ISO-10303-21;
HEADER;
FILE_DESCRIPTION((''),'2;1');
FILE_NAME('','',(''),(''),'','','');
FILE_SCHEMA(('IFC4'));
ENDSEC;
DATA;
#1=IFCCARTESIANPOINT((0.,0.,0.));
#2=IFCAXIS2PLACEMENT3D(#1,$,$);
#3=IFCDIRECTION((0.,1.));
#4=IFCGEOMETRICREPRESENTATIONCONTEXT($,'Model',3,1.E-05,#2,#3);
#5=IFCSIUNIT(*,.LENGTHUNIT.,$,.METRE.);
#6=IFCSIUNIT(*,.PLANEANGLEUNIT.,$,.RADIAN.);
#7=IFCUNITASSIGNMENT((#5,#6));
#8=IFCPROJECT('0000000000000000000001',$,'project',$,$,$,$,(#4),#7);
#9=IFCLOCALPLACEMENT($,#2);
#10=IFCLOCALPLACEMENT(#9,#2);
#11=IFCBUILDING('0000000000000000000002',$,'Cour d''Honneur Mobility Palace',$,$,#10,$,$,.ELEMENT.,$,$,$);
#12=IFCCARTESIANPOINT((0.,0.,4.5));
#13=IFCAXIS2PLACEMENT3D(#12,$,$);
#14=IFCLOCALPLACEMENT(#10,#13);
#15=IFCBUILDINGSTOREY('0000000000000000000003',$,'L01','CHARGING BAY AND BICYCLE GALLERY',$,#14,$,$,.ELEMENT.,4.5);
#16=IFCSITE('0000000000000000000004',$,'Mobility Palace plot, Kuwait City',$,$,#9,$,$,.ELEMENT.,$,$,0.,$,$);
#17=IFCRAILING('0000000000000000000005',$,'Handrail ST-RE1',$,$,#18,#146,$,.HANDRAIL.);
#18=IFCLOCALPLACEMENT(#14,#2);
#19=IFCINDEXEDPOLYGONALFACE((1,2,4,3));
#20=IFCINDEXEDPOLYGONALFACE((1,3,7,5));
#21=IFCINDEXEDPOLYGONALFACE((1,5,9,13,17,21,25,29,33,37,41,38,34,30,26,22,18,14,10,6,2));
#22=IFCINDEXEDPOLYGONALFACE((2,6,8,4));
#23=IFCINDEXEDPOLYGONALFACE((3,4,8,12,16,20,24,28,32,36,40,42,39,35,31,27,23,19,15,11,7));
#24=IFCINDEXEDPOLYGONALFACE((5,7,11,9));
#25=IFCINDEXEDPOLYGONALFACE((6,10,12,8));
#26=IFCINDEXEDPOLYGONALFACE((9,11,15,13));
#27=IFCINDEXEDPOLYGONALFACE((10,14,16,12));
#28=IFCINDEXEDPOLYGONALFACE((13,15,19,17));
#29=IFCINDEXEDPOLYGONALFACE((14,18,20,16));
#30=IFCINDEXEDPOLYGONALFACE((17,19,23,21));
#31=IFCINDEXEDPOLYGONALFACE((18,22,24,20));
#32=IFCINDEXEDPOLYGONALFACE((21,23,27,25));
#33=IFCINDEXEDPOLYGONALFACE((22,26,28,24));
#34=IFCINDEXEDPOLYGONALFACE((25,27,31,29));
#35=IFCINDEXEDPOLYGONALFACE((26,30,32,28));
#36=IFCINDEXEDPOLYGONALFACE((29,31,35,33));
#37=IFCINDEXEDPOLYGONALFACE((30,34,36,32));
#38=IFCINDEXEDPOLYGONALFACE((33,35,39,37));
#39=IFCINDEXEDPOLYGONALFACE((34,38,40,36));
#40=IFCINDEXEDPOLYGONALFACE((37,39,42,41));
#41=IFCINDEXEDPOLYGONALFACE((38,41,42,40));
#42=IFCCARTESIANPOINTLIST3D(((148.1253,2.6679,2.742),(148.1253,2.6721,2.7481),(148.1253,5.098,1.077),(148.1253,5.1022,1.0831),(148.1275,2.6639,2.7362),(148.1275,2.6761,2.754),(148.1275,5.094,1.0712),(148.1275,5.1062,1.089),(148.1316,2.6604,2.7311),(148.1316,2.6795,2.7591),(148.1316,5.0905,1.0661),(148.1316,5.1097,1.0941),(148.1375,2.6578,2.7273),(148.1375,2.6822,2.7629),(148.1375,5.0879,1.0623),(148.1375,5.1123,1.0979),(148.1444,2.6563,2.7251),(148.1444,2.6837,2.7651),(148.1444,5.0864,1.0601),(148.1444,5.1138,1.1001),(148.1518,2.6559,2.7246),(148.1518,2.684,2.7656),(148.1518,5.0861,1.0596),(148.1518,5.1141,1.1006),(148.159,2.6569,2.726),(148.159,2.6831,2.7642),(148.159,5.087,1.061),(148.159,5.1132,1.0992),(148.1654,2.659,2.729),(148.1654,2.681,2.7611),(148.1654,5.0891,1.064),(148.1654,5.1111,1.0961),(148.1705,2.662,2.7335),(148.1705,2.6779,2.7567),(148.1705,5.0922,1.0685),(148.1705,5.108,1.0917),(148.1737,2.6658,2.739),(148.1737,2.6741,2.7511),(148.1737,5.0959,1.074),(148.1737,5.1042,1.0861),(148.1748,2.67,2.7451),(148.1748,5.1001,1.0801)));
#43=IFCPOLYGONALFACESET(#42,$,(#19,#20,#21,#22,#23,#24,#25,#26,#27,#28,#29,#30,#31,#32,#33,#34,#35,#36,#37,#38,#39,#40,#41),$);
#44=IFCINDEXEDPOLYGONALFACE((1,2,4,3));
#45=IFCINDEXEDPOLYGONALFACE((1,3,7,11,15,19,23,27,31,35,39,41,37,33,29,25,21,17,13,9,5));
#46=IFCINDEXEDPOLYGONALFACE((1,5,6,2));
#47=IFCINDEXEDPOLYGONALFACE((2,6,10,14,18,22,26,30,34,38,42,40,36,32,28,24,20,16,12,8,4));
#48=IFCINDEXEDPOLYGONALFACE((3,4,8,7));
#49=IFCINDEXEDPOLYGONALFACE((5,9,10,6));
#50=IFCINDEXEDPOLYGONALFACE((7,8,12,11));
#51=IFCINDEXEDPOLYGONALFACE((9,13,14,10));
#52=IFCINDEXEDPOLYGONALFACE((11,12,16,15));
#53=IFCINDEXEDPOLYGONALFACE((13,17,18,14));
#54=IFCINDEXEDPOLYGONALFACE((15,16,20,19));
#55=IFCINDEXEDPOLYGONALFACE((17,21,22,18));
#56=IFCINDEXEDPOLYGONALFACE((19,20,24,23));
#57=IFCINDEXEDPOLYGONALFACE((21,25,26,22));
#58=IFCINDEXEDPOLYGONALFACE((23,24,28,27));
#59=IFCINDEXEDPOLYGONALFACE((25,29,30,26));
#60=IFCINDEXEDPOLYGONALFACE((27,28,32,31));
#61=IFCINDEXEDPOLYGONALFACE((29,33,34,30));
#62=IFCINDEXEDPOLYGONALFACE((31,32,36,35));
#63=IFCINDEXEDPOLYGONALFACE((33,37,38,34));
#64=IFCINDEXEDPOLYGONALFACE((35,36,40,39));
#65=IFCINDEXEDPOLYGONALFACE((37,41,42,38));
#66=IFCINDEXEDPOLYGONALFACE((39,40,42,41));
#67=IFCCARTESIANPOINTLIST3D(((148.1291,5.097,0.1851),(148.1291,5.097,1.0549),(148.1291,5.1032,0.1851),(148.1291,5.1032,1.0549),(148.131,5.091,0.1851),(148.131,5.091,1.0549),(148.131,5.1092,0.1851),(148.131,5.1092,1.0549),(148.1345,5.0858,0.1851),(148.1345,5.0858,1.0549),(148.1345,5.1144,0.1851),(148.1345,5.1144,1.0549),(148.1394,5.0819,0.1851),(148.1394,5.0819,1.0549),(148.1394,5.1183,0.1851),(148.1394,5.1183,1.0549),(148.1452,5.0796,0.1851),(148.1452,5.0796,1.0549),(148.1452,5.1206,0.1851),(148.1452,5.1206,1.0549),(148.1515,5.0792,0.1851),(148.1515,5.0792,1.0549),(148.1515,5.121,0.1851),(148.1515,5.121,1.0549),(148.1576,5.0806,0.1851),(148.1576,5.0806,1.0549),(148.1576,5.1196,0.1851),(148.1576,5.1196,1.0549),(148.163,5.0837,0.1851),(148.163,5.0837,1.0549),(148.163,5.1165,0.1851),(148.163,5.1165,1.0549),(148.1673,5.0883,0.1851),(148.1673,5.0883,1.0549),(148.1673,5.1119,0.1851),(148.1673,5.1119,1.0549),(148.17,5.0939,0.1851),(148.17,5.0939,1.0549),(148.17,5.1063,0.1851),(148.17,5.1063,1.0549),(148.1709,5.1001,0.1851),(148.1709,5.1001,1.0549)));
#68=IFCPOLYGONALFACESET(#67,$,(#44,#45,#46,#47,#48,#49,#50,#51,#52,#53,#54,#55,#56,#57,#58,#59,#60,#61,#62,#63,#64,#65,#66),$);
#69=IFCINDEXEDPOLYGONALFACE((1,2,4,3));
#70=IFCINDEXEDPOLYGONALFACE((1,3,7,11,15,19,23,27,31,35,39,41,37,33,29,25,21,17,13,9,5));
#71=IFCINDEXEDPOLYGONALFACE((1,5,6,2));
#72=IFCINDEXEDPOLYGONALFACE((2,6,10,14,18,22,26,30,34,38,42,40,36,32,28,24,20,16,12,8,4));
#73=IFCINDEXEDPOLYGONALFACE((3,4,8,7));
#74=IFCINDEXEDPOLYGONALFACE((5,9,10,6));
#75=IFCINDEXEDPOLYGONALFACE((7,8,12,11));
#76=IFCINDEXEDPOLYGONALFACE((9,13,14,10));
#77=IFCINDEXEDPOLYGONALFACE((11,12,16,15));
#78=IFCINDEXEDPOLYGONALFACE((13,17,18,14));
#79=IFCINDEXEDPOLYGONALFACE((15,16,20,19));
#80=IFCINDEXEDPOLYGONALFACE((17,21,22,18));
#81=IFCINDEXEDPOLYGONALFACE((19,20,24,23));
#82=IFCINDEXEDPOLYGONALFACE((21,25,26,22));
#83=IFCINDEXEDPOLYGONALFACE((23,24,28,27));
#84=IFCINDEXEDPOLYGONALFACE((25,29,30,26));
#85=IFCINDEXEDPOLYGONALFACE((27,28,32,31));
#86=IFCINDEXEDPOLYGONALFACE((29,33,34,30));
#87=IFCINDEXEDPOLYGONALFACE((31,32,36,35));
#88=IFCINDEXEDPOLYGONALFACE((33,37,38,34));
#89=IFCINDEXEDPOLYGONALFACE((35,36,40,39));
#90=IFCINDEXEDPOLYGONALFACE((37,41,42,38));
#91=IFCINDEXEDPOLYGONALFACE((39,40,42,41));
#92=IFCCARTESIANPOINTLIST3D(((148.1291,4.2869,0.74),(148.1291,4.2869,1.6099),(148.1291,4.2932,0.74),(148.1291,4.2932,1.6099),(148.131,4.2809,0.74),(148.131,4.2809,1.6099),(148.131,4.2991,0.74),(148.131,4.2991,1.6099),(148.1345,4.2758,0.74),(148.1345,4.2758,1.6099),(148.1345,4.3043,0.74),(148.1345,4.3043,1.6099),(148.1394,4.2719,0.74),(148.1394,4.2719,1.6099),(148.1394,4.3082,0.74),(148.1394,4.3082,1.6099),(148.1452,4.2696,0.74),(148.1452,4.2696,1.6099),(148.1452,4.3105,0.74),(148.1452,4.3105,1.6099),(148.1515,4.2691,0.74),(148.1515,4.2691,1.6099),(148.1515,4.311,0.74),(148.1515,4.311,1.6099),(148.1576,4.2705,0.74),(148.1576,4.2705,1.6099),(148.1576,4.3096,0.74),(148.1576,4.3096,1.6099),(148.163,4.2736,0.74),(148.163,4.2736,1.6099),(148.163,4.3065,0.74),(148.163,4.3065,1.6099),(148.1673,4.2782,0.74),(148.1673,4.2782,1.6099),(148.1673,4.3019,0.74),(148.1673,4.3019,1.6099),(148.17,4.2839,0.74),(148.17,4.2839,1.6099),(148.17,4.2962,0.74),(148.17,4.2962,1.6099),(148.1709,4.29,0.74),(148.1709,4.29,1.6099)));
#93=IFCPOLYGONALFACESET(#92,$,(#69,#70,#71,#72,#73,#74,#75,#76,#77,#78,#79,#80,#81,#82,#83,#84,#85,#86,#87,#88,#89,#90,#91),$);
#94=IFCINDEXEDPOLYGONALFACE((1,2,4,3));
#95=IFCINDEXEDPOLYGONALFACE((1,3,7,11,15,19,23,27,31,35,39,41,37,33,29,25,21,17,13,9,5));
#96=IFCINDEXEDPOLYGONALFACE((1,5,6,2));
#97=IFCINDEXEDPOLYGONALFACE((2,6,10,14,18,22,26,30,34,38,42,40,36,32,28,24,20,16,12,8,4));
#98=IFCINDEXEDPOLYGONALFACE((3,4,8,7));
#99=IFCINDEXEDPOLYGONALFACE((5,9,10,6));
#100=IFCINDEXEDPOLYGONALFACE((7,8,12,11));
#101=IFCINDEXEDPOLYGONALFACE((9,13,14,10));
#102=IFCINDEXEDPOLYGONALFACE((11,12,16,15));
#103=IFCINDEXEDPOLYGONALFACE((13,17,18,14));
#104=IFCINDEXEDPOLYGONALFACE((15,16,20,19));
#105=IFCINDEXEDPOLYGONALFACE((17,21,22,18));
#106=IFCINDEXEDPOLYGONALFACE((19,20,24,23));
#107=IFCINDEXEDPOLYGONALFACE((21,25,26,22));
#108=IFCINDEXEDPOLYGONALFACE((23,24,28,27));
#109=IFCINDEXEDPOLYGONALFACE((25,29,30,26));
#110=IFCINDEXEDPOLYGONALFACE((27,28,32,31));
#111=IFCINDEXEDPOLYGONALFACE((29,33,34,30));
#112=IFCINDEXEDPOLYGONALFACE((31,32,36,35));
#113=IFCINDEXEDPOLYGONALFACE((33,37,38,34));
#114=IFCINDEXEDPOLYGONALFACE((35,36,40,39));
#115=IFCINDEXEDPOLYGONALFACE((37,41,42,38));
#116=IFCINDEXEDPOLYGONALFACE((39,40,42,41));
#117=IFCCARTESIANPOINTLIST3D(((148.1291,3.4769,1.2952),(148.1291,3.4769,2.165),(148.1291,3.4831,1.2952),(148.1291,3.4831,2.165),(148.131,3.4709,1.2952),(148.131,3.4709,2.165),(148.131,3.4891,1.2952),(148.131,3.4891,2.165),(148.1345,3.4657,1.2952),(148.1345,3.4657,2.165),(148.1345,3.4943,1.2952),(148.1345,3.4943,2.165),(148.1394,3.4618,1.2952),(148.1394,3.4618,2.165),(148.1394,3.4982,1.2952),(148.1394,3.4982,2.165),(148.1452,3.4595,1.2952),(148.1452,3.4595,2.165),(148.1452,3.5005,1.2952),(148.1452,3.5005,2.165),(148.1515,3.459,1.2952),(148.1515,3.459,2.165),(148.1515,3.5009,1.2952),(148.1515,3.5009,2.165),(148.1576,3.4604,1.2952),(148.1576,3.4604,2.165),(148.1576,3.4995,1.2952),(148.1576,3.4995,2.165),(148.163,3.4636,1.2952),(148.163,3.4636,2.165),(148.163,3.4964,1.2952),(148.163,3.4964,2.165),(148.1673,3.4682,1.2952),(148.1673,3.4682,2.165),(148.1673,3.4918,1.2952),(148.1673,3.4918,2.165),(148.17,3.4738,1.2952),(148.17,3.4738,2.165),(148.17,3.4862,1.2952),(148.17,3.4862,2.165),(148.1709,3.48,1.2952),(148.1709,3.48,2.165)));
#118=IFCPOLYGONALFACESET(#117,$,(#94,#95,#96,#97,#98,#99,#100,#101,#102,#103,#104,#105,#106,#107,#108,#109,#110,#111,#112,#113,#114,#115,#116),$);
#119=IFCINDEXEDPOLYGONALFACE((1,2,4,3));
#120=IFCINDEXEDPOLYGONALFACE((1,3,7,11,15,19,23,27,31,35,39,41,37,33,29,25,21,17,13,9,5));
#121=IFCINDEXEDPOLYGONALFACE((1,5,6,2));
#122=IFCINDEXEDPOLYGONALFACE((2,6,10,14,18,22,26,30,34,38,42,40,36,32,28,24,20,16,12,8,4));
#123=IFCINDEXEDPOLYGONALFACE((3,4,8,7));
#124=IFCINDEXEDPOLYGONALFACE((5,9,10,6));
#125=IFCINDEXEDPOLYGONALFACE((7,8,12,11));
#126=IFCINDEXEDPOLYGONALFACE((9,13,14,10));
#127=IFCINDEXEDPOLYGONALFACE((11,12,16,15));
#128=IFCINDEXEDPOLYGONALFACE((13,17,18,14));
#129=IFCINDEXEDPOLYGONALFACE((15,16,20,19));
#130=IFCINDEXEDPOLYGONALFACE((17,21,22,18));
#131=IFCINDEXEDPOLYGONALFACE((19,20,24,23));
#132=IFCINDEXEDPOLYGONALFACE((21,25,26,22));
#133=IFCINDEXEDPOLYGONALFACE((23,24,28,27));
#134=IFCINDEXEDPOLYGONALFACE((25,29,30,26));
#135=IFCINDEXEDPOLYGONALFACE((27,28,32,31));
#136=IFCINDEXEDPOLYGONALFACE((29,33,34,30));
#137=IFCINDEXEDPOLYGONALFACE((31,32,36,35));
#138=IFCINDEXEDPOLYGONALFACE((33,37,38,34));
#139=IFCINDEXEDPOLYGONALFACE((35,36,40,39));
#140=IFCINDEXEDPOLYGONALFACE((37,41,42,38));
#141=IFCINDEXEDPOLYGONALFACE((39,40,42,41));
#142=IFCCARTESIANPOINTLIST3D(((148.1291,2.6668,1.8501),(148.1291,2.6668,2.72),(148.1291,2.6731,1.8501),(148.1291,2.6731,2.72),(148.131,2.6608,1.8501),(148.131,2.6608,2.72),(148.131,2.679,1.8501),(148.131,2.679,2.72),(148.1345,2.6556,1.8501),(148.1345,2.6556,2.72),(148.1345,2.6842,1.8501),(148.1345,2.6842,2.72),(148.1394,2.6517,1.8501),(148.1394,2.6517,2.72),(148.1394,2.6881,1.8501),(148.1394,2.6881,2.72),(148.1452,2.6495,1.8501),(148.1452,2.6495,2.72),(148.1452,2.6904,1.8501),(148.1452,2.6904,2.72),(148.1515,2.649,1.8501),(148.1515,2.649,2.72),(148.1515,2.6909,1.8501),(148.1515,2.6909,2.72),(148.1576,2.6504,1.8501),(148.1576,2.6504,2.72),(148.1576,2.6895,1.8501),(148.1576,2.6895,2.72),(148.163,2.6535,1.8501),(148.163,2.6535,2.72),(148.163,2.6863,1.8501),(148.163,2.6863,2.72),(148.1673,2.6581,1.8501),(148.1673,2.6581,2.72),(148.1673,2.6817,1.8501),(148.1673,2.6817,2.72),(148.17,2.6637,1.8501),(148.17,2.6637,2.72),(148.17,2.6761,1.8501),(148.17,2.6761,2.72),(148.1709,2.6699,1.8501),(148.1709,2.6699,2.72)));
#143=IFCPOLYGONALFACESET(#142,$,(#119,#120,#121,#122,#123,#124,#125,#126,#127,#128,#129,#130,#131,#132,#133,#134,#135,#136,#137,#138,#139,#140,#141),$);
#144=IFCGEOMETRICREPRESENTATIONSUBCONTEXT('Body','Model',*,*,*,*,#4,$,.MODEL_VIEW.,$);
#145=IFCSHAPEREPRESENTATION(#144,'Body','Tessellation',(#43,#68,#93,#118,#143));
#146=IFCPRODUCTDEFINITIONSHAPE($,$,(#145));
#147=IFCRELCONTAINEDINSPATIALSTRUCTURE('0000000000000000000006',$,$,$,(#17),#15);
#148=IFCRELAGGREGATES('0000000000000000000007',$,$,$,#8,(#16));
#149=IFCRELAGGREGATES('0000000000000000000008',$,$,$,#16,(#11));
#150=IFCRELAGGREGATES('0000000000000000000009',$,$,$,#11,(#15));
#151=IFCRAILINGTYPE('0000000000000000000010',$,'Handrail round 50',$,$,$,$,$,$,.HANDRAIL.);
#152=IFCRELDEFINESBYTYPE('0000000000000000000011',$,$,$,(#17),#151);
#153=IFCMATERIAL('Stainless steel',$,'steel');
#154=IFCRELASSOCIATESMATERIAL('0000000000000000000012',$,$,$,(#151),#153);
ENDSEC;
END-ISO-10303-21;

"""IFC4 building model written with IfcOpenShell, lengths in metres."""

from ifc_helpers import new_model, si_unit, direction, frame, origin, origin_2d, place, context, subcontext, project, spatial, circle, extrude, material, type_object, element, save


model = new_model("IFC4")

# Units and contexts
model_context = context("Model", 3, precision=1e-05, world=origin(), true_north=direction((0.0, 1.0)))
body_context = subcontext(model_context, "Body", "Model", "MODEL_VIEW")
ifc_project = project(units=[si_unit("LENGTHUNIT", "METRE"), si_unit("PLANEANGLEUNIT", "RADIAN")], contexts=[model_context])

# Site, building, storey
site_placement = place(None, origin())
site = spatial("IfcSite", under=ifc_project, at=site_placement, Name="Mobility Palace plot, Kuwait City", CompositionType="ELEMENT", RefElevation=0.0)
building_placement = place(site_placement, origin())
building = spatial("IfcBuilding", under=site, at=building_placement, Name="Cour d'Honneur Mobility Palace", CompositionType="ELEMENT")
storey_placement = place(building_placement, frame((0.0, 0.0, 4.5)))
storey = spatial("IfcBuildingStorey", under=building, at=storey_placement, Name="L01", Description="CHARGING BAY AND BICYCLE GALLERY", CompositionType="ELEMENT", Elevation=4.5)

# Railing
ifc_material_1 = material(Name="Stainless steel", Category="steel")
railing_type_1 = type_object("IfcRailingType", Name="Handrail round 50", PredefinedType="HANDRAIL", material=ifc_material_1)
for number, where, name in (
    (1, (148.1499, 5.1001, 0.1851), "Handrail ST-RE1"),
):
    element("IfcRailing", number, at=place(storey_placement, frame(where)), inside=storey, type_object=railing_type_1, Name=name, PredefinedType="HANDRAIL", context=body_context, shape_type="SweptSolid", body=[
        extrude(circle(Radius=0.0249, at=origin_2d()), frame((0.0, 0.0, 0.895), z_axis=(0.0, -0.824945, 0.565213), x_axis=(1.0, 0.0, 0.0)), (0.0, 0.0, 1.0), 2.9458),
        extrude(circle(Radius=0.021, at=origin_2d()), origin(), (0.0, 0.0, 1.0), 0.8699),
        extrude(circle(Radius=0.021, at=origin_2d()), frame((0.0, -0.8101, 0.5549)), (0.0, 0.0, 1.0), 0.8699),
        extrude(circle(Radius=0.021, at=origin_2d()), frame((0.0, -1.6201, 1.1101)), (0.0, 0.0, 1.0), 0.8699),
        extrude(circle(Radius=0.021, at=origin_2d()), frame((0.0, -2.4302, 1.665)), (0.0, 0.0, 1.0), 0.8699),
    ])

save(model, "model.ifc")
